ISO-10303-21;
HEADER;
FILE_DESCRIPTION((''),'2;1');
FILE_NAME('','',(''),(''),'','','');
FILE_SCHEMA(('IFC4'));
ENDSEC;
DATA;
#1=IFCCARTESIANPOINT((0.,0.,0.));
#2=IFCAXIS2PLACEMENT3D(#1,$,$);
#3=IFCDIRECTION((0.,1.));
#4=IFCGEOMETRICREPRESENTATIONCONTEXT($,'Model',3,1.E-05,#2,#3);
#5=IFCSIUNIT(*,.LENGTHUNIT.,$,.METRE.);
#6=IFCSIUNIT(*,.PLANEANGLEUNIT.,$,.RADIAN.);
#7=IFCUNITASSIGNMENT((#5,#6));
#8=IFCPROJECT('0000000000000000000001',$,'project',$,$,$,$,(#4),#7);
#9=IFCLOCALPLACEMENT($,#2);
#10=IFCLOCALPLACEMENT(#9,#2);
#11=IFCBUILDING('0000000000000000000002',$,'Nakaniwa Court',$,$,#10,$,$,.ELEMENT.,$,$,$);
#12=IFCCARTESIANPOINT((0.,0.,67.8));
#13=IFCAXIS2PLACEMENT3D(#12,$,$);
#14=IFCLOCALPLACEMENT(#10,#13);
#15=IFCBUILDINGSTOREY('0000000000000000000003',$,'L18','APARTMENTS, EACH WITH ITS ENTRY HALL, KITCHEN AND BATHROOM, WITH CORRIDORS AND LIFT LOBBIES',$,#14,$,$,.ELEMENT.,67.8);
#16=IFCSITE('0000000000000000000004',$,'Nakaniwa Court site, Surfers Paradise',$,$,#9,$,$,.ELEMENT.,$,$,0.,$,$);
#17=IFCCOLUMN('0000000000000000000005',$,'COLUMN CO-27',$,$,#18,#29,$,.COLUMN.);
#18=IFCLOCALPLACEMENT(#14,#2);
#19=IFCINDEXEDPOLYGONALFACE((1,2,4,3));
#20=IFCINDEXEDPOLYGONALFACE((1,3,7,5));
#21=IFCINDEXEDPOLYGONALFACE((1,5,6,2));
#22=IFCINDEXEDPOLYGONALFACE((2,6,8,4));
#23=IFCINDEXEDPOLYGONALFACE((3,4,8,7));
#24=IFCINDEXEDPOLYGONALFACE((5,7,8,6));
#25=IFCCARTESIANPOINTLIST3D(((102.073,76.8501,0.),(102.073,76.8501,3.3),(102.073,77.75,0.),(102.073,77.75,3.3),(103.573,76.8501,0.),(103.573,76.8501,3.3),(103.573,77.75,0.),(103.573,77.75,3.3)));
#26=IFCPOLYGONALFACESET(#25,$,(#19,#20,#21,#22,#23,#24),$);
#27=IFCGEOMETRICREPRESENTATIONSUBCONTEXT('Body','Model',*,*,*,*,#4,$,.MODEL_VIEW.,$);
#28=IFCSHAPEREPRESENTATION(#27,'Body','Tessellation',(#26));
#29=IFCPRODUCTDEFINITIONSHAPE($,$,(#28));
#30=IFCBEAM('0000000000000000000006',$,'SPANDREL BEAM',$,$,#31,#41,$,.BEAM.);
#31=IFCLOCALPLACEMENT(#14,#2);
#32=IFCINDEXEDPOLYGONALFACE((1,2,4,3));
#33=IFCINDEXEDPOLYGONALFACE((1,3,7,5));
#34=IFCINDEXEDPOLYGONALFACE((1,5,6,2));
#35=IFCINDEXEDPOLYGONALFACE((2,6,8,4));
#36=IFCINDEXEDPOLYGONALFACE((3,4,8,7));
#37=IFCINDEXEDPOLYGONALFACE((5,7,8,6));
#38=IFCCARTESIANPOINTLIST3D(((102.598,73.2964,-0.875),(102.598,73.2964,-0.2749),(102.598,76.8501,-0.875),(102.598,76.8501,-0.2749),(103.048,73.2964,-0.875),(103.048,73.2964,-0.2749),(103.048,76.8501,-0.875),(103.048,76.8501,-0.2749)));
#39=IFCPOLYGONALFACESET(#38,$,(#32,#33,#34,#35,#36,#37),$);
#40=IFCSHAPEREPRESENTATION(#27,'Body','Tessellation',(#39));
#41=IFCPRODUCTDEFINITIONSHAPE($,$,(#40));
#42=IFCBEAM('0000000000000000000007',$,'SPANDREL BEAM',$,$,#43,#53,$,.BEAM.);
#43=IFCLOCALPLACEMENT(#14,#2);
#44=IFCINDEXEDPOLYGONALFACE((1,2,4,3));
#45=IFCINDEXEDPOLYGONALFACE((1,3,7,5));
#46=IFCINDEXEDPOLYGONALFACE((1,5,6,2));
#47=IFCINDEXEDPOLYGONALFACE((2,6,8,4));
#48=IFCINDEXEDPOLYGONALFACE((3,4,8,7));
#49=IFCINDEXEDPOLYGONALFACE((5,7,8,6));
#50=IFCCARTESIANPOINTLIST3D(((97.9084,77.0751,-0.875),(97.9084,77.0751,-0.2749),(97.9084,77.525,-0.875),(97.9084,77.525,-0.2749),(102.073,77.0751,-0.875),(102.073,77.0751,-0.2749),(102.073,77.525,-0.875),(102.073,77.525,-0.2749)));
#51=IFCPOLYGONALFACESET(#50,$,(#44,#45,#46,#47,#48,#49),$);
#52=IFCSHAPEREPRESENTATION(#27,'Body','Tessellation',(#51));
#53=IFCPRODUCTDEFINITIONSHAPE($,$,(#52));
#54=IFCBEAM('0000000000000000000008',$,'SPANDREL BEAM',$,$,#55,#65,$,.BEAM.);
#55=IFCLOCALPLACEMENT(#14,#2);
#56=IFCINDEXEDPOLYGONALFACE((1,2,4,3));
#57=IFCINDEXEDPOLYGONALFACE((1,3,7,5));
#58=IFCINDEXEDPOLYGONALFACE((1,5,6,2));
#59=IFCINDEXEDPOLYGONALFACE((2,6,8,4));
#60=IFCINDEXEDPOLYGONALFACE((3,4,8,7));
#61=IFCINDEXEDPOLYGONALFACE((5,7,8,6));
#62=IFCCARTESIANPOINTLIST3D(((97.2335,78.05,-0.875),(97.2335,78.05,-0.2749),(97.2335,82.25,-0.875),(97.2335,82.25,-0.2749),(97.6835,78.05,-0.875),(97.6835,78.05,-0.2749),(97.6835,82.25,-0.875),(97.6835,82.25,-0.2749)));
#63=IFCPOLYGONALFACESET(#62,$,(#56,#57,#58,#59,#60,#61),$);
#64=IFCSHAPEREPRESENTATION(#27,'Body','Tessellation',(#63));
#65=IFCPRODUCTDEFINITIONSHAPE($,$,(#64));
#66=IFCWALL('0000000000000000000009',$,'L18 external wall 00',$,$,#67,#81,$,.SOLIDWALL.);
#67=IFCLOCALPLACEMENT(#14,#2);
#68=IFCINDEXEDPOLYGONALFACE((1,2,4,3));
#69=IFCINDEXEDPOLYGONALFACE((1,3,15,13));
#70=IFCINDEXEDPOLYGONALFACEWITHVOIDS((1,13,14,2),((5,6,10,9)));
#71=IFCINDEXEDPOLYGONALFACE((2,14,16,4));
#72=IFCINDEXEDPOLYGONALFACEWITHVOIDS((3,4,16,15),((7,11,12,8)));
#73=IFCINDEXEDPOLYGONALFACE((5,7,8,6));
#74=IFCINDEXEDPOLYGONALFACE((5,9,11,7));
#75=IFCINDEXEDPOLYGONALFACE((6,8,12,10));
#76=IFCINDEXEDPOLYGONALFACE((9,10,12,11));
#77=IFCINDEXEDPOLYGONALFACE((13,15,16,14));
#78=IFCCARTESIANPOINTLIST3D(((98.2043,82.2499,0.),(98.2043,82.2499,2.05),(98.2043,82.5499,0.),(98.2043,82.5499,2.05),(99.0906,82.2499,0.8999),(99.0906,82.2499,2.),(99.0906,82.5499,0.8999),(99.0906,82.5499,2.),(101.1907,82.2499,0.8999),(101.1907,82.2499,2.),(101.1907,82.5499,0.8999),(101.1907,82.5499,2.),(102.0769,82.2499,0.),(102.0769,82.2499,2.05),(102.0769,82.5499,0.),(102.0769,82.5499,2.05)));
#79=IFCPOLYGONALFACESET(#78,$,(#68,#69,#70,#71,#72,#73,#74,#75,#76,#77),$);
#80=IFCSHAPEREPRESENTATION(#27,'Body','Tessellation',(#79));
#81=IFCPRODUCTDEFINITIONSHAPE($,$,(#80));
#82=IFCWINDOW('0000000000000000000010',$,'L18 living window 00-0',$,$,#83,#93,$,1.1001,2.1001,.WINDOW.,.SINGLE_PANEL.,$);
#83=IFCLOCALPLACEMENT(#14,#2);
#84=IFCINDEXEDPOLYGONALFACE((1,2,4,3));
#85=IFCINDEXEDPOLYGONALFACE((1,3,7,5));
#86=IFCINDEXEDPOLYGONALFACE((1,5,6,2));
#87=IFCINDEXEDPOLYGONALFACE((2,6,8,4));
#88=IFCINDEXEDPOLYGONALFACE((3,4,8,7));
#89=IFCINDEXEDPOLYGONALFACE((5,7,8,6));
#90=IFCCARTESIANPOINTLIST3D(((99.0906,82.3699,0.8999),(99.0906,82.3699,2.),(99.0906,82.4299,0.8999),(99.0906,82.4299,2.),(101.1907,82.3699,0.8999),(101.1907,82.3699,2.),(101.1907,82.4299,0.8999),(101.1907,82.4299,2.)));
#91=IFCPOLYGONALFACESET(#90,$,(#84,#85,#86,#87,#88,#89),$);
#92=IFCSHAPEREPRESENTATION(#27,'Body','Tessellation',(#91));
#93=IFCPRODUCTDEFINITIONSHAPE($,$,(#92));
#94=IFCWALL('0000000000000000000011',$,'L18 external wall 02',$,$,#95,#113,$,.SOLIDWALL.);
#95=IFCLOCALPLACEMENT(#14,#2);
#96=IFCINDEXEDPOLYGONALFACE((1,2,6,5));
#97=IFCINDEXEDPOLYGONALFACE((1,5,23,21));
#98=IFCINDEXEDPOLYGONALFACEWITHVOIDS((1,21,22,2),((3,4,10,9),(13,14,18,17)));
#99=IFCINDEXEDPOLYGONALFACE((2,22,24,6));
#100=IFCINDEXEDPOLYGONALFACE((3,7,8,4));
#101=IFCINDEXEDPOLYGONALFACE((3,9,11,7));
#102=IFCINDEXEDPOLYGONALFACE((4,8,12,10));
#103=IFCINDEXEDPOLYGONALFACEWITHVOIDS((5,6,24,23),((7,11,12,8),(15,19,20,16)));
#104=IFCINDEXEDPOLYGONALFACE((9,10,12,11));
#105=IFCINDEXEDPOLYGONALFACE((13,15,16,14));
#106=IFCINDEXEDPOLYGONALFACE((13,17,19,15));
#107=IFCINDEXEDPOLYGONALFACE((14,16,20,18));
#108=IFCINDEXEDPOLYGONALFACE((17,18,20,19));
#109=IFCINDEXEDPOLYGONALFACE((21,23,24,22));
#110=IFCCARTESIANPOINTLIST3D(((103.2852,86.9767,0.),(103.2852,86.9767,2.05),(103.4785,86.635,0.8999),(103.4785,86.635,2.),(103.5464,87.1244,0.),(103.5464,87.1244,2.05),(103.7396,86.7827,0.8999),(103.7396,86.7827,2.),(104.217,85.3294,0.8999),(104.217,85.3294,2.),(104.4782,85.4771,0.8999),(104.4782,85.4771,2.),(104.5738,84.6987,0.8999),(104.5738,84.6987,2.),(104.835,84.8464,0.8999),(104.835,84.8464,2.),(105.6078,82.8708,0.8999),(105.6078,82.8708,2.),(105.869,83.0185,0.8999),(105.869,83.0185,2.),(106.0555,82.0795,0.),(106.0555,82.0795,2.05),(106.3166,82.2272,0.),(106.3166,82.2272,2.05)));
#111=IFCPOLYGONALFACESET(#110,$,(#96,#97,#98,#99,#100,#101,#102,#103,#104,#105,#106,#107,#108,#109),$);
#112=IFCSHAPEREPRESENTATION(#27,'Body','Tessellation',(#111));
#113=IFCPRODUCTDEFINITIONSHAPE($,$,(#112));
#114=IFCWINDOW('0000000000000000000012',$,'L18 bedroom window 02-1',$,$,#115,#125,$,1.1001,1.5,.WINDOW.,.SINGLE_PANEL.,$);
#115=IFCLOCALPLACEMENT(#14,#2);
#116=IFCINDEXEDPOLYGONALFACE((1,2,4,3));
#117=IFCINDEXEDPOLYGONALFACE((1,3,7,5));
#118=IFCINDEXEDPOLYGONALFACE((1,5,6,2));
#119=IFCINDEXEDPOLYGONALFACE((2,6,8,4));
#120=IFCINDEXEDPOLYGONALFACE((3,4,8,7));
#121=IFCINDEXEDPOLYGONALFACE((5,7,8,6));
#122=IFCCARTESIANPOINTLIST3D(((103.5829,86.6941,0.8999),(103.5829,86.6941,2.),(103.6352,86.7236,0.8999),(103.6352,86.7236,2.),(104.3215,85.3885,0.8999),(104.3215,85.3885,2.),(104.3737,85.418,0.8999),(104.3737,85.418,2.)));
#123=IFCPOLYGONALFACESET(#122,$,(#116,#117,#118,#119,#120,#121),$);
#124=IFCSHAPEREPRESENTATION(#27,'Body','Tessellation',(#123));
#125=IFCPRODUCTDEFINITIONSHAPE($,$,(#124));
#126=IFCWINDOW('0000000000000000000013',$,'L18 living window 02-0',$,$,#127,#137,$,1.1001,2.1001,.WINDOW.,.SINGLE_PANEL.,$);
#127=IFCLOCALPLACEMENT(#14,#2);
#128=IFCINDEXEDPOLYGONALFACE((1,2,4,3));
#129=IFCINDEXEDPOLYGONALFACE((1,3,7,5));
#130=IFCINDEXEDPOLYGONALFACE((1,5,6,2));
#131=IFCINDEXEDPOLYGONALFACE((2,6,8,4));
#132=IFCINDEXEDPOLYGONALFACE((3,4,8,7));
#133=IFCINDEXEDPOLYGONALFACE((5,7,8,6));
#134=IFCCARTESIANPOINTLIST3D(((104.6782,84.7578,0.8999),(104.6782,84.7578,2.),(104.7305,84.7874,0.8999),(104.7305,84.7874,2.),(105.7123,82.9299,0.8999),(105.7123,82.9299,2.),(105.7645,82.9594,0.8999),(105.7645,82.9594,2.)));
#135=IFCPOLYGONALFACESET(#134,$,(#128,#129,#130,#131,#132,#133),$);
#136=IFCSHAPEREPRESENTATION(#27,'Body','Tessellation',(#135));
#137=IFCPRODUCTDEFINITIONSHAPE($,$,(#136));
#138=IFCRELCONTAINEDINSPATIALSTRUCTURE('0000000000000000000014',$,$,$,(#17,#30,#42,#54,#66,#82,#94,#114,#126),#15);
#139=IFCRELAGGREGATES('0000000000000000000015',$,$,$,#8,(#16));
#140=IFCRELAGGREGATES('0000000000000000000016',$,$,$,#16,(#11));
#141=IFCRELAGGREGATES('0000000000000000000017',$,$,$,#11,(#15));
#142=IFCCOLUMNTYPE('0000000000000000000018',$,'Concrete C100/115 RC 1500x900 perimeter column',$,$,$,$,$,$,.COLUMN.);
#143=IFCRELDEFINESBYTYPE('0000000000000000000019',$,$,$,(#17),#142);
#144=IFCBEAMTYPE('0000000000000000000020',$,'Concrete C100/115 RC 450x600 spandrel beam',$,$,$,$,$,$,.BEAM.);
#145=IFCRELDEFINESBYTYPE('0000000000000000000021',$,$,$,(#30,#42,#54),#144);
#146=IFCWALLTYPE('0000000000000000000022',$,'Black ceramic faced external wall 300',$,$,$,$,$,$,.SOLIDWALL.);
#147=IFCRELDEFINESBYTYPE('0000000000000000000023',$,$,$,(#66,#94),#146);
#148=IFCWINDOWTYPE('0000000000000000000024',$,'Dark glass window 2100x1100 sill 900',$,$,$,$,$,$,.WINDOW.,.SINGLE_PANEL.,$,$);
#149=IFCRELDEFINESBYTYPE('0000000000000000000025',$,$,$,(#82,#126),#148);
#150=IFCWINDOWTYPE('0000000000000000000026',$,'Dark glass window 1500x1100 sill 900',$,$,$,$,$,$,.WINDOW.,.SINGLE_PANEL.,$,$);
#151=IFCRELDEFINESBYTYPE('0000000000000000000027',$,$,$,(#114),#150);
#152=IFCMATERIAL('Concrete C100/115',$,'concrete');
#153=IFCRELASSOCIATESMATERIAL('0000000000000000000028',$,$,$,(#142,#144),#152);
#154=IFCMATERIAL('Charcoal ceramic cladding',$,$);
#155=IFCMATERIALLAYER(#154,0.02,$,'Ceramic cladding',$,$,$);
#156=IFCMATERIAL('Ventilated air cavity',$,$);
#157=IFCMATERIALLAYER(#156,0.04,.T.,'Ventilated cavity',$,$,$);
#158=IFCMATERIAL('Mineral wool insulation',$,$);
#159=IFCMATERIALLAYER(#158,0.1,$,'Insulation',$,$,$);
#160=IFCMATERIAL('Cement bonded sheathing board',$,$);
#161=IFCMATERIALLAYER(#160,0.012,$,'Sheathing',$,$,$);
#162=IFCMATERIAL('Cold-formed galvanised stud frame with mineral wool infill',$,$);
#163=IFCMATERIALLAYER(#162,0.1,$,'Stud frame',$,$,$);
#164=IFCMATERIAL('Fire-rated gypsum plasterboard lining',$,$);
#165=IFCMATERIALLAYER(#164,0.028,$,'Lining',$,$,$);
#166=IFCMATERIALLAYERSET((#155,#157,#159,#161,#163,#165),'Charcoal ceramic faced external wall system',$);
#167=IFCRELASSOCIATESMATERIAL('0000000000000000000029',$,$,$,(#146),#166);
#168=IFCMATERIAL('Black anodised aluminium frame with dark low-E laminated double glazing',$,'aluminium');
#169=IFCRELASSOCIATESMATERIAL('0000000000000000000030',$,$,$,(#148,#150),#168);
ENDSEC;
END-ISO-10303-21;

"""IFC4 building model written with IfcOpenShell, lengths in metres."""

from ifc_helpers import new_model, si_unit, direction, frame, frame_2d, origin, origin_2d, place, context, subcontext, project, spatial, rectangle, extrude, material, layer, layer_set, material_profile, profile_set, type_object, element, fill, save


model = new_model("IFC4")

# Units and contexts
model_context = context("Model", 3, precision=1e-05, world=origin(), true_north=direction((0.0, 1.0)))
body_context = subcontext(model_context, "Body", "Model", "MODEL_VIEW")
ifc_project = project(units=[si_unit("LENGTHUNIT", "METRE"), si_unit("PLANEANGLEUNIT", "RADIAN")], contexts=[model_context])

# Site, building, storey
site_placement = place(None, origin())
site = spatial("IfcSite", under=ifc_project, at=site_placement, Name="Nakaniwa Court site, Surfers Paradise", CompositionType="ELEMENT", RefElevation=0.0)
building_placement = place(site_placement, origin())
building = spatial("IfcBuilding", under=site, at=building_placement, Name="Nakaniwa Court", CompositionType="ELEMENT")
storey_placement = place(building_placement, frame((0.0, 0.0, 67.8)))
storey = spatial("IfcBuildingStorey", under=building, at=storey_placement, Name="L18", Description="APARTMENTS, EACH WITH ITS ENTRY HALL, KITCHEN AND BATHROOM, WITH CORRIDORS AND LIFT LOBBIES", CompositionType="ELEMENT", Elevation=67.8)

# Column
ifc_material_1 = material(Name="Concrete C100/115", Category="concrete")
ifc_material_profile_1 = material_profile(ifc_material_1, rectangle(XDim=1.5, YDim=0.8999, at=origin_2d()), Name="Concrete C100/115 RC 1500x900 perimeter column")
ifc_profile_set_1 = profile_set([ifc_material_profile_1], Name="Concrete C100/115")
column_type = type_object("IfcColumnType", Name="Concrete C100/115 RC 1500x900 perimeter column", PredefinedType="COLUMN", material=ifc_profile_set_1)
column_placement = place(storey_placement, frame((102.823, 77.3, 0.0), z_axis=(0.0, 0.0, 1.0), x_axis=(-1.0, 0.0, 0.0)))
element("IfcColumn", 1, at=column_placement, inside=storey, type_object=column_type, Name="COLUMN CO-27", PredefinedType="COLUMN", context=body_context, shape_type="SweptSolid", body=[
    extrude(rectangle(XDim=1.5, YDim=0.8999, at=origin_2d()), origin(), (0.0, 0.0, 1.0), 3.3),
])

# Beams
ifc_material_profile_2 = material_profile(ifc_material_1, rectangle(XDim=0.45, YDim=0.6001, at=origin_2d()), Name="Concrete C100/115 RC 450x600 spandrel beam")
ifc_profile_set_2 = profile_set([ifc_material_profile_2], Name="Concrete C100/115")
beam_type = type_object("IfcBeamType", Name="Concrete C100/115 RC 450x600 spandrel beam", PredefinedType="BEAM", material=ifc_profile_set_2)
beam_1_placement = place(storey_placement, frame((102.823, 73.2964, -0.575), z_axis=(0.0, 1.0, 0.0), x_axis=(-1.0, 0.0, 0.0)))
element("IfcBeam", 2, at=beam_1_placement, inside=storey, type_object=beam_type, Name="SPANDREL BEAM", PredefinedType="BEAM", context=body_context, shape_type="SweptSolid", body=[
    extrude(rectangle(XDim=0.45, YDim=0.6001, at=origin_2d()), origin(), (0.0, 0.0, 1.0), 3.5537),
])
beam_2_placement = place(storey_placement, frame((102.073, 77.3, -0.575), z_axis=(-1.0, 0.0, 0.0), x_axis=(0.0, -1.0, 0.0)))
element("IfcBeam", 3, at=beam_2_placement, inside=storey, type_object=beam_type, Name="SPANDREL BEAM", PredefinedType="BEAM", context=body_context, shape_type="SweptSolid", body=[
    extrude(rectangle(XDim=0.45, YDim=0.6001, at=origin_2d()), origin(), (0.0, 0.0, 1.0), 4.1646),
])
beam_3_placement = place(storey_placement, frame((97.4585, 78.05, -0.575), z_axis=(0.0, 1.0, 0.0), x_axis=(-1.0, 0.0, 0.0)))
element("IfcBeam", 4, at=beam_3_placement, inside=storey, type_object=beam_type, Name="SPANDREL BEAM", PredefinedType="BEAM", context=body_context, shape_type="SweptSolid", body=[
    extrude(rectangle(XDim=0.45, YDim=0.6001, at=origin_2d()), origin(), (0.0, 0.0, 1.0), 4.2),
])

# Wall, opening, window
ifc_material_2 = material(Name="Charcoal ceramic cladding")
ifc_layer_1 = layer(ifc_material_2, 0.02, Name="Ceramic cladding")
ifc_material_3 = material(Name="Ventilated air cavity")
ifc_layer_2 = layer(ifc_material_3, 0.04, ventilated=True, Name="Ventilated cavity")
ifc_material_4 = material(Name="Mineral wool insulation")
ifc_layer_3 = layer(ifc_material_4, 0.1, Name="Insulation")
ifc_material_5 = material(Name="Cement bonded sheathing board")
ifc_layer_4 = layer(ifc_material_5, 0.012, Name="Sheathing")
ifc_material_6 = material(Name="Cold-formed galvanised stud frame with mineral wool infill")
ifc_layer_5 = layer(ifc_material_6, 0.1, Name="Stud frame")
ifc_material_7 = material(Name="Fire-rated gypsum plasterboard lining")
ifc_layer_6 = layer(ifc_material_7, 0.028, Name="Lining")
ifc_layer_set = layer_set([ifc_layer_1, ifc_layer_2, ifc_layer_3, ifc_layer_4, ifc_layer_5, ifc_layer_6], Name="Charcoal ceramic faced external wall system")
wall_type = type_object("IfcWallType", Name="Black ceramic faced external wall 300", PredefinedType="SOLIDWALL", material=ifc_layer_set)
wall_1_placement = place(storey_placement, frame((98.2043, 82.3999, 0.0), z_axis=(0.0, 0.0, 1.0), x_axis=(1.0, 0.0, 0.0)))
wall_1 = element("IfcWall", 5, at=wall_1_placement, inside=storey, type_object=wall_type, Name="L18 external wall 00", PredefinedType="SOLIDWALL", context=body_context, shape_type="SweptSolid", body=[
    extrude(rectangle(XDim=3.8726, YDim=0.3, at=frame_2d((1.9363, 0.0))), origin(), (0.0, 0.0, 1.0), 2.05),
])
opening_1_placement = place(wall_1_placement, frame((0.8862, 0.0, 0.8999)))
opening_1 = element("IfcOpeningElement", 6, at=opening_1_placement, cuts=wall_1, PredefinedType="OPENING", context=body_context, shape_type="SweptSolid", body=[
    extrude(rectangle(XDim=2.1001, YDim=1.1001, at=frame_2d((1.05, 0.55))), frame((0.0, 0.1599, 0.0), z_axis=(0.0, -1.0, 0.0), x_axis=(1.0, 0.0, 0.0)), (0.0, 0.0, 1.0), 0.3201),
])
ifc_material_8 = material(Name="Black anodised aluminium frame with dark low-E laminated double glazing", Category="aluminium")
window_type_1 = type_object("IfcWindowType", Name="Dark glass window 2100x1100 sill 900", PartitioningType="SINGLE_PANEL", PredefinedType="WINDOW", material=ifc_material_8)
window_1_placement = place(opening_1_placement, origin())
window_1 = element("IfcWindow", 7, at=window_1_placement, inside=storey, type_object=window_type_1, Name="L18 living window 00-0", OverallHeight=1.1001, OverallWidth=2.1001, PartitioningType="SINGLE_PANEL", PredefinedType="WINDOW", context=body_context, shape_type="SweptSolid", body=[
    extrude(rectangle(XDim=2.1001, YDim=1.1001, at=frame_2d((1.05, 0.55))), frame((0.0, 0.03, 0.0), z_axis=(0.0, -1.0, 0.0), x_axis=(1.0, 0.0, 0.0)), (0.0, 0.0, 1.0), 0.0601),
])
fill(opening_1, window_1)

# Wall, openings, windows
wall_2_placement = place(storey_placement, frame((106.186, 82.1533, 0.0), z_axis=(0.0, 0.0, 1.0), x_axis=(-0.492363, 0.87039, 0.0)))
wall_2 = element("IfcWall", 8, at=wall_2_placement, inside=storey, type_object=wall_type, Name="L18 external wall 02", PredefinedType="SOLIDWALL", context=body_context, shape_type="SweptSolid", body=[
    extrude(rectangle(XDim=5.6265, YDim=0.3, at=frame_2d((2.8132, 0.0))), origin(), (0.0, 0.0, 1.0), 2.05),
])
opening_2_placement = place(wall_2_placement, frame((0.9092, 0.0, 0.8999)))
opening_2 = element("IfcOpeningElement", 9, at=opening_2_placement, cuts=wall_2, PredefinedType="OPENING", context=body_context, shape_type="SweptSolid", body=[
    extrude(rectangle(XDim=2.1001, YDim=1.1001, at=frame_2d((1.05, 0.55))), frame((0.0, 0.1599, 0.0), z_axis=(0.0, -1.0, 0.0), x_axis=(1.0, 0.0, 0.0)), (0.0, 0.0, 1.0), 0.3201),
])
opening_3_placement = place(wall_2_placement, frame((3.7339, 0.0, 0.8999)))
opening_3 = element("IfcOpeningElement", 10, at=opening_3_placement, cuts=wall_2, PredefinedType="OPENING", context=body_context, shape_type="SweptSolid", body=[
    extrude(rectangle(XDim=1.5, YDim=1.1001, at=frame_2d((0.75, 0.55))), frame((0.0, 0.1599, 0.0), z_axis=(0.0, -1.0, 0.0), x_axis=(1.0, 0.0, 0.0)), (0.0, 0.0, 1.0), 0.3201),
])
window_type_2 = type_object("IfcWindowType", Name="Dark glass window 1500x1100 sill 900", PartitioningType="SINGLE_PANEL", PredefinedType="WINDOW", material=ifc_material_8)
window_2_placement = place(opening_3_placement, origin())
window_2 = element("IfcWindow", 11, at=window_2_placement, inside=storey, type_object=window_type_2, Name="L18 bedroom window 02-1", OverallHeight=1.1001, OverallWidth=1.5, PartitioningType="SINGLE_PANEL", PredefinedType="WINDOW", context=body_context, shape_type="SweptSolid", body=[
    extrude(rectangle(XDim=1.5, YDim=1.1001, at=frame_2d((0.75, 0.55))), frame((0.0, 0.03, 0.0), z_axis=(0.0, -1.0, 0.0), x_axis=(1.0, 0.0, 0.0)), (0.0, 0.0, 1.0), 0.0601),
])
fill(opening_3, window_2)
window_3_placement = place(opening_2_placement, origin())
window_3 = element("IfcWindow", 12, at=window_3_placement, inside=storey, type_object=window_type_1, Name="L18 living window 02-0", OverallHeight=1.1001, OverallWidth=2.1001, PartitioningType="SINGLE_PANEL", PredefinedType="WINDOW", context=body_context, shape_type="SweptSolid", body=[
    extrude(rectangle(XDim=2.1001, YDim=1.1001, at=frame_2d((1.05, 0.55))), frame((0.0, 0.03, 0.0), z_axis=(0.0, -1.0, 0.0), x_axis=(1.0, 0.0, 0.0)), (0.0, 0.0, 1.0), 0.0601),
])
fill(opening_2, window_3)

save(model, "model.ifc")
